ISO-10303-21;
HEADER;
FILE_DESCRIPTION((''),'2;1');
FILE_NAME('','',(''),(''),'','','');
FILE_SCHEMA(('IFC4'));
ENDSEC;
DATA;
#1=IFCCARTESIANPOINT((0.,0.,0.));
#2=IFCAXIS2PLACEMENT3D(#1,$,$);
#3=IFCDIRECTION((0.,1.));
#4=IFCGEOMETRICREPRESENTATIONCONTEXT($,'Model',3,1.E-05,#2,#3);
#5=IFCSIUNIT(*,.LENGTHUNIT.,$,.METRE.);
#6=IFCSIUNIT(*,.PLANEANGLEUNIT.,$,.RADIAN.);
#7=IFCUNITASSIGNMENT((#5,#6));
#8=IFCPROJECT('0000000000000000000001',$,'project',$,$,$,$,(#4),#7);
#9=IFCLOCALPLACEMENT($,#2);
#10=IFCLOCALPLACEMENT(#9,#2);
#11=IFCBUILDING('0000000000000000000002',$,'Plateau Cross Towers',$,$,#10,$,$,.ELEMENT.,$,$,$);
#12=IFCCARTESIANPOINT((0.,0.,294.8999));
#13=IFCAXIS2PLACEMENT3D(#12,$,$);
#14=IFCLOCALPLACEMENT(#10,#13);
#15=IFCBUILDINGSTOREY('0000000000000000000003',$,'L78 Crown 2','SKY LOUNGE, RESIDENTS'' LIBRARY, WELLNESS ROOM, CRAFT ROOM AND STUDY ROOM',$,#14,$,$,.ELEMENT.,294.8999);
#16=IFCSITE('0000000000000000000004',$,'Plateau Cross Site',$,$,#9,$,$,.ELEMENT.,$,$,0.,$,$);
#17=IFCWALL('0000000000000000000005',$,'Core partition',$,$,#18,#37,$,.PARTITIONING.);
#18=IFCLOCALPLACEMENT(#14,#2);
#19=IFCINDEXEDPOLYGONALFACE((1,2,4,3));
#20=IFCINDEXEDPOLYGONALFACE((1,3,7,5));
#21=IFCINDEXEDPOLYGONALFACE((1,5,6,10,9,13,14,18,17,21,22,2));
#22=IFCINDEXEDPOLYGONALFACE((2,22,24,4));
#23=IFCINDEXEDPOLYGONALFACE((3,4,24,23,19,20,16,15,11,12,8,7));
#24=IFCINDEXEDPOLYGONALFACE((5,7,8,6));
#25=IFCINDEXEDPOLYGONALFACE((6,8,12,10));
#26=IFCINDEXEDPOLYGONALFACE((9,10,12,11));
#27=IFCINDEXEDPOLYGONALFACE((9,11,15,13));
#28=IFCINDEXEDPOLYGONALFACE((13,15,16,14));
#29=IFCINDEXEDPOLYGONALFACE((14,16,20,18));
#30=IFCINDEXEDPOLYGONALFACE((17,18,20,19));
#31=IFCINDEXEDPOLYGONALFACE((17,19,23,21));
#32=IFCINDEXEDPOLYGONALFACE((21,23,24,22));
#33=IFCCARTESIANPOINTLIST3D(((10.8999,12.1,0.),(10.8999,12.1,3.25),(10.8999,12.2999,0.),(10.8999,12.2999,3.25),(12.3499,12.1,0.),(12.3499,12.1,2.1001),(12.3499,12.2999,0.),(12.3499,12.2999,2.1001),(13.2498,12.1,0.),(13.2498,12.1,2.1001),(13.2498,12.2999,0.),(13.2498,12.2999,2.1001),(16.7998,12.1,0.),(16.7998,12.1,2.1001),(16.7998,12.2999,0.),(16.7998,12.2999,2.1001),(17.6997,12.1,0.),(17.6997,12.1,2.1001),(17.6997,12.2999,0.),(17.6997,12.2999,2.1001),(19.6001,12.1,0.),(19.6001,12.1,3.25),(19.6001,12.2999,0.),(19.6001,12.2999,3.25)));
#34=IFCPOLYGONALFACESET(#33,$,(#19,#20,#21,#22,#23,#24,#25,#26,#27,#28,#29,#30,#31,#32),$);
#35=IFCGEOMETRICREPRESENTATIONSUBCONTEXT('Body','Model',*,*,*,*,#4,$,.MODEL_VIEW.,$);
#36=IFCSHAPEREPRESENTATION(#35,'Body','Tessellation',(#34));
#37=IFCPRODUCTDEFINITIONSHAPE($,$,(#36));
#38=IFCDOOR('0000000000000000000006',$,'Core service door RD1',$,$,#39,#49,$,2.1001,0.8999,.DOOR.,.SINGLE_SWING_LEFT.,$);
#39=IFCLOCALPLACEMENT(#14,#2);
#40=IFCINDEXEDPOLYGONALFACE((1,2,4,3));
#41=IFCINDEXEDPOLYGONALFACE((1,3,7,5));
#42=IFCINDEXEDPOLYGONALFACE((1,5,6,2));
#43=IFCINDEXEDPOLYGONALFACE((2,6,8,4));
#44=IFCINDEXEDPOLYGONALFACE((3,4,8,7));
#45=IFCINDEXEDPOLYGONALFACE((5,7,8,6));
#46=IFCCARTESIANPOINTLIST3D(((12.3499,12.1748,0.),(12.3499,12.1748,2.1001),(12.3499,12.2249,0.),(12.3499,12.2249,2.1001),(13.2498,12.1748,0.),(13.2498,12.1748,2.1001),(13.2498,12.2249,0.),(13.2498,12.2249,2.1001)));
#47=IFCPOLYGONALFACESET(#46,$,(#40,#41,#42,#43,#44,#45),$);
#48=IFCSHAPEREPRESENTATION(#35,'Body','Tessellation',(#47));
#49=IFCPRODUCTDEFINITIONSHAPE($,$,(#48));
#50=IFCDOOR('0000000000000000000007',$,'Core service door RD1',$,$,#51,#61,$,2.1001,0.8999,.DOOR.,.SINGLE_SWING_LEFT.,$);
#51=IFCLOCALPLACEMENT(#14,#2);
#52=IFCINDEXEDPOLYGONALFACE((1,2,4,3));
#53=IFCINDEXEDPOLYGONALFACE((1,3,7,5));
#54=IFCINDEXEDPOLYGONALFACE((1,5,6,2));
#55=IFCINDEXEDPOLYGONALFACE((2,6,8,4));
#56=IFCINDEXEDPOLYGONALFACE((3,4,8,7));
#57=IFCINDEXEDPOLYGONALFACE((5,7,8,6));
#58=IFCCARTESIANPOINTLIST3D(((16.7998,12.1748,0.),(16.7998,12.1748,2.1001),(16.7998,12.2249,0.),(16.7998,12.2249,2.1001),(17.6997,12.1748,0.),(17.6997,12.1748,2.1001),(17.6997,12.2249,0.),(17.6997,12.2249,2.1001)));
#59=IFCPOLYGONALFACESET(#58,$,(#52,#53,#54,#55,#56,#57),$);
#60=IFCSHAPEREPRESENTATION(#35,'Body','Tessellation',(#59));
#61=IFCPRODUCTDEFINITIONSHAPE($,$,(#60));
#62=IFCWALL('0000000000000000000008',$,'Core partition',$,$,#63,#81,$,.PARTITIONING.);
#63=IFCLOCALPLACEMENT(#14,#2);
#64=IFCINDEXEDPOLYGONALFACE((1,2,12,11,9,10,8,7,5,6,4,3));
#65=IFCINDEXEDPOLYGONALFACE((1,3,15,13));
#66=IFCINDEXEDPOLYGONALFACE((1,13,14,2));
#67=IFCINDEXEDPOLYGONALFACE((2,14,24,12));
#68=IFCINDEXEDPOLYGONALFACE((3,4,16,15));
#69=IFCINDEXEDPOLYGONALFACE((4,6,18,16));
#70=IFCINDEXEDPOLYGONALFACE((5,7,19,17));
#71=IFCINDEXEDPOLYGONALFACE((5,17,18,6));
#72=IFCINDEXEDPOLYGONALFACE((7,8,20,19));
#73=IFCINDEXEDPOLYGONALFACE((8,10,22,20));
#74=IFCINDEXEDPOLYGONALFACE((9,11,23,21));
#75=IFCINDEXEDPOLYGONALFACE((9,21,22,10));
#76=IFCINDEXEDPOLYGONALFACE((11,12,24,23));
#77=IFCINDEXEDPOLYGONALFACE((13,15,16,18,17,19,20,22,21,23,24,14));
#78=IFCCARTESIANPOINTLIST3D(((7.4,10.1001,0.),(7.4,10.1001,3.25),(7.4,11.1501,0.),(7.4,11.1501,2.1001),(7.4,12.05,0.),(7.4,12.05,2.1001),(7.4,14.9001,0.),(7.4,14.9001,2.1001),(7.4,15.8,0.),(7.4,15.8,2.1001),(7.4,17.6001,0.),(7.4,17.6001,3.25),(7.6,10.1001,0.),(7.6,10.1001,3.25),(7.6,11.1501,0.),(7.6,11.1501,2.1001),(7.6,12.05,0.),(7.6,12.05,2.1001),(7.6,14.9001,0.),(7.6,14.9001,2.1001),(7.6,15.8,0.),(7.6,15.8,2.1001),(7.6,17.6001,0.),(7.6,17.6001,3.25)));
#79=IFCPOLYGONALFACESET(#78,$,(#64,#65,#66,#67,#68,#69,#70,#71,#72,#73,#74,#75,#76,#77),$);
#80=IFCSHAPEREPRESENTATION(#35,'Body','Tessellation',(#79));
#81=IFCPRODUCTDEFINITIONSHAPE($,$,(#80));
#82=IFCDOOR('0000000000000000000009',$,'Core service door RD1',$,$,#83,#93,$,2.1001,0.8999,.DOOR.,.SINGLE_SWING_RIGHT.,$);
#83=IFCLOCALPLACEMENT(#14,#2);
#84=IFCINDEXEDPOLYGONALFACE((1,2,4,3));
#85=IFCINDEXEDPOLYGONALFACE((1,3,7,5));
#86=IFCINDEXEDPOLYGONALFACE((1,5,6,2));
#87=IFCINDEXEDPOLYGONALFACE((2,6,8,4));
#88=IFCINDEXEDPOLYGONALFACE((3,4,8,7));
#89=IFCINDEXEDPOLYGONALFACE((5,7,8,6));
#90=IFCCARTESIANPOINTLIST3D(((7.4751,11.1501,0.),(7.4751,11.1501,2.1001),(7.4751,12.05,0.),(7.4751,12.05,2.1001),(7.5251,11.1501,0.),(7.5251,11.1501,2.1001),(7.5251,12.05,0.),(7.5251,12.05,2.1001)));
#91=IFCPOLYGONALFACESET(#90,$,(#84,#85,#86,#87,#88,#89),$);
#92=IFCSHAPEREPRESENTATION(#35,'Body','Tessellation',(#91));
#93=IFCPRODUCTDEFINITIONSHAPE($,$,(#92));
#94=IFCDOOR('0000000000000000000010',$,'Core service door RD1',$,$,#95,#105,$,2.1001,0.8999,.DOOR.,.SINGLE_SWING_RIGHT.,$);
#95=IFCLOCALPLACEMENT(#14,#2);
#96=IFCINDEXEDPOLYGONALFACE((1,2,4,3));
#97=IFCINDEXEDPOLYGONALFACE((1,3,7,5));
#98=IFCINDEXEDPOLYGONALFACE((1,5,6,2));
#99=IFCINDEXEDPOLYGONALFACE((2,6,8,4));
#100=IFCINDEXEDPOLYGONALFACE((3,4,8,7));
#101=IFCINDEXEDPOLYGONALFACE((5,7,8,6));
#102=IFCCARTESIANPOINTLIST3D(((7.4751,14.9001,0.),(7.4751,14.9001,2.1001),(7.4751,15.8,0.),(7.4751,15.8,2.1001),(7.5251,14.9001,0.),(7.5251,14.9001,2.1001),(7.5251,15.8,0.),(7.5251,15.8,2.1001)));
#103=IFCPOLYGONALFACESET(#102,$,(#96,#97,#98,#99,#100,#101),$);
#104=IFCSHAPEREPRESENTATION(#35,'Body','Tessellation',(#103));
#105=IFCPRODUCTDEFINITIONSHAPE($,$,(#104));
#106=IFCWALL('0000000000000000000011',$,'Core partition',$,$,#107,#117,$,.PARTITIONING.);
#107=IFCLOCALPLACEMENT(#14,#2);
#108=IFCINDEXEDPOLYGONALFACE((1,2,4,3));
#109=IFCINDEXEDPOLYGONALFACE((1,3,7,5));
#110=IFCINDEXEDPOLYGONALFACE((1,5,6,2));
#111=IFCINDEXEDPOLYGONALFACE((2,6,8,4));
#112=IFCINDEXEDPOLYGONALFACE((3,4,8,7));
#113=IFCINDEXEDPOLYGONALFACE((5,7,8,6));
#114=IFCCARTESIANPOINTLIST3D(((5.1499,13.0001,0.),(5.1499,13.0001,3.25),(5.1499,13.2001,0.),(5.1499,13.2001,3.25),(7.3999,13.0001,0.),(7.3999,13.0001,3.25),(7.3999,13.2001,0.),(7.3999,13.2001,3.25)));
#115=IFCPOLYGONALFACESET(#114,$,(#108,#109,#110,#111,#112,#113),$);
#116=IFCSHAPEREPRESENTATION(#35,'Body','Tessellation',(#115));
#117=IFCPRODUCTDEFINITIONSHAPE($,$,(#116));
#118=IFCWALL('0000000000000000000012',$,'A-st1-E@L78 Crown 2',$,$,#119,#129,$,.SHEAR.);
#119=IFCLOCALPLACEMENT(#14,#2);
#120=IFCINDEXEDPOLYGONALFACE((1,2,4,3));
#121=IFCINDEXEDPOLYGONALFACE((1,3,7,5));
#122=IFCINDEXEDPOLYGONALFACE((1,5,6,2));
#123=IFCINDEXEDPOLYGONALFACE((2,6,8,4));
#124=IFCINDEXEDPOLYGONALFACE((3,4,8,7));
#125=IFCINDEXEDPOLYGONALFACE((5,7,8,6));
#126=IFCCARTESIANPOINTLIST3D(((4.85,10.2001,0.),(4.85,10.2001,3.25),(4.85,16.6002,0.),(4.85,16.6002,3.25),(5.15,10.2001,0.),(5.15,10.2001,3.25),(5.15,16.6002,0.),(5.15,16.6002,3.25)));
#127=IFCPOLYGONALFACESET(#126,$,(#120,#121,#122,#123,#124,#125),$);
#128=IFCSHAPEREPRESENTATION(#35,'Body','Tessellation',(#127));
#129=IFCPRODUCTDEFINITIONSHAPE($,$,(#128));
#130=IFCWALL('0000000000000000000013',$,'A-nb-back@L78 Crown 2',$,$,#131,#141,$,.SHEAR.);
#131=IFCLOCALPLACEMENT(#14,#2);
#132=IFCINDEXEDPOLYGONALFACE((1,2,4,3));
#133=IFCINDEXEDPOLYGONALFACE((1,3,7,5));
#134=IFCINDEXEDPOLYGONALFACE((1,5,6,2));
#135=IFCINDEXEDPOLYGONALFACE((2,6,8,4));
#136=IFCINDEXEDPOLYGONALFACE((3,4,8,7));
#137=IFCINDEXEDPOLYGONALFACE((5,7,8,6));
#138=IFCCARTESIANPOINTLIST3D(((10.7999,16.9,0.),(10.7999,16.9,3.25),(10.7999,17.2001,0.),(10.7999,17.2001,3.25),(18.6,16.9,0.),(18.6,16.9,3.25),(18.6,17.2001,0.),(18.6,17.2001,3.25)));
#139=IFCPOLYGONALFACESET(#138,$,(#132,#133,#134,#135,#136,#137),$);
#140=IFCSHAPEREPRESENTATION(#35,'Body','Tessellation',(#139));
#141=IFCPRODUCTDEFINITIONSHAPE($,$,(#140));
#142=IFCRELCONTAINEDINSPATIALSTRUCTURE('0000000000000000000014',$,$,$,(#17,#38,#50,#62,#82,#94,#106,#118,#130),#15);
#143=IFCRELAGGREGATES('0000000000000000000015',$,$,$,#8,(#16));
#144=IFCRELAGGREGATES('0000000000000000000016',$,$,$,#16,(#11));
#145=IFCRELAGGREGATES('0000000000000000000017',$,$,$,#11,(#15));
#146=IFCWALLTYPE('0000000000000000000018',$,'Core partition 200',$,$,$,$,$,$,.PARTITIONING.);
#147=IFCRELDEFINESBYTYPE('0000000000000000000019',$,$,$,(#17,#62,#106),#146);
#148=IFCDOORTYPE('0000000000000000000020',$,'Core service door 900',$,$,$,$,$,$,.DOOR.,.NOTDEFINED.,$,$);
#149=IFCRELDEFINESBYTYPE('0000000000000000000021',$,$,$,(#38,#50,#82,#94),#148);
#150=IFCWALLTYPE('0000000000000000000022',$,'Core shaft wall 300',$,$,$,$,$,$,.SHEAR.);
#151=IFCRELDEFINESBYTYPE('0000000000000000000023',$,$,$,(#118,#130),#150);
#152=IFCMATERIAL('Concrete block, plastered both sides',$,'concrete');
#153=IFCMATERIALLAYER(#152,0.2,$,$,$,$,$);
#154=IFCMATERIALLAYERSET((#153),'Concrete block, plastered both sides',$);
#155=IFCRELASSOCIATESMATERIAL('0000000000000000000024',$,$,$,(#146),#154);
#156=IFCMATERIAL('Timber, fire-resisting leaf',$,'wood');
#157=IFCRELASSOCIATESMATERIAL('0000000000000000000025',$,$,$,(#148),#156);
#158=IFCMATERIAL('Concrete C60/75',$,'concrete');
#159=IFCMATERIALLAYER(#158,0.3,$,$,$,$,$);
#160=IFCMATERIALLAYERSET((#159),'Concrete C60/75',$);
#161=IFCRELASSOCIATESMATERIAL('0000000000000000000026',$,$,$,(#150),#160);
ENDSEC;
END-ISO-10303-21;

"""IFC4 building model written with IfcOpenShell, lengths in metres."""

from ifc_helpers import new_model, si_unit, direction, frame, frame_2d, origin, place, context, subcontext, project, spatial, rectangle, extrude, material, layer, layer_set, type_object, element, fill, save


model = new_model("IFC4")

# Units and contexts
model_context = context("Model", 3, precision=1e-05, world=origin(), true_north=direction((0.0, 1.0)))
body_context = subcontext(model_context, "Body", "Model", "MODEL_VIEW")
ifc_project = project(units=[si_unit("LENGTHUNIT", "METRE"), si_unit("PLANEANGLEUNIT", "RADIAN")], contexts=[model_context])

# Site, building, storey
site_placement = place(None, origin())
site = spatial("IfcSite", under=ifc_project, at=site_placement, Name="Plateau Cross Site", CompositionType="ELEMENT", RefElevation=0.0)
building_placement = place(site_placement, origin())
building = spatial("IfcBuilding", under=site, at=building_placement, Name="Plateau Cross Towers", CompositionType="ELEMENT")
storey_placement = place(building_placement, frame((0.0, 0.0, 294.8999)))
storey = spatial("IfcBuildingStorey", under=building, at=storey_placement, Name="L78 Crown 2", Description="SKY LOUNGE, RESIDENTS' LIBRARY, WELLNESS ROOM, CRAFT ROOM AND STUDY ROOM", CompositionType="ELEMENT", Elevation=294.8999)

# Shared definitions
ifc_material_1 = material(Name="Concrete block, plastered both sides", Category="concrete")
ifc_layer_1 = layer(ifc_material_1, 0.2)
ifc_layer_set_1 = layer_set([ifc_layer_1], Name="Concrete block, plastered both sides")
wall_type_1 = type_object("IfcWallType", Name="Core partition 200", PredefinedType="PARTITIONING", material=ifc_layer_set_1)

# Shared definitions
ifc_material_2 = material(Name="Timber, fire-resisting leaf", Category="wood")
door_type_1 = type_object("IfcDoorType", Name="Core service door 900", OperationType="NOTDEFINED", PredefinedType="DOOR", material=ifc_material_2)

# Walls, openings, doors
wall_1_placement = place(storey_placement, frame((10.8999, 12.2, 0.0), z_axis=(0.0, 0.0, 1.0), x_axis=(1.0, 0.0, 0.0)))
wall_1 = element("IfcWall", 1, at=wall_1_placement, inside=storey, type_object=wall_type_1, Name="Core partition", PredefinedType="PARTITIONING", context=body_context, shape_type="SweptSolid", body=[
    extrude(rectangle(XDim=8.7002, YDim=0.2, at=frame_2d((4.3501, 0.0))), origin(), (0.0, 0.0, 1.0), 3.25),
])
opening_1_placement = place(wall_1_placement, frame((1.45, 0.0, 0.0)))
opening_1 = element("IfcOpeningElement", 2, at=opening_1_placement, cuts=wall_1, PredefinedType="OPENING", context=body_context, shape_type="SweptSolid", body=[
    extrude(rectangle(XDim=0.8999, YDim=2.1001, at=frame_2d((0.45, 1.05))), frame((0.0, 0.1099, 0.0), z_axis=(0.0, -1.0, 0.0), x_axis=(1.0, 0.0, 0.0)), (0.0, 0.0, 1.0), 0.22),
])
opening_2_placement = place(wall_1_placement, frame((5.8999, 0.0, 0.0)))
opening_2 = element("IfcOpeningElement", 3, at=opening_2_placement, cuts=wall_1, PredefinedType="OPENING", context=body_context, shape_type="SweptSolid", body=[
    extrude(rectangle(XDim=0.8999, YDim=2.1001, at=frame_2d((0.45, 1.05))), frame((0.0, 0.1099, 0.0), z_axis=(0.0, -1.0, 0.0), x_axis=(1.0, 0.0, 0.0)), (0.0, 0.0, 1.0), 0.22),
])
door_1_placement = place(opening_1_placement, origin())
door_1 = element("IfcDoor", 4, at=door_1_placement, inside=storey, type_object=door_type_1, Name="Core service door RD1", OperationType="SINGLE_SWING_LEFT", OverallHeight=2.1001, OverallWidth=0.8999, PredefinedType="DOOR", context=body_context, shape_type="SweptSolid", body=[
    extrude(rectangle(XDim=0.8999, YDim=2.1001, at=frame_2d((0.45, 1.05))), frame((0.0, 0.0249, 0.0), z_axis=(0.0, -1.0, 0.0), x_axis=(1.0, 0.0, 0.0)), (0.0, 0.0, 1.0), 0.05),
])
fill(opening_1, door_1)
door_2_placement = place(opening_2_placement, origin())
door_2 = element("IfcDoor", 5, at=door_2_placement, inside=storey, type_object=door_type_1, Name="Core service door RD1", OperationType="SINGLE_SWING_LEFT", OverallHeight=2.1001, OverallWidth=0.8999, PredefinedType="DOOR", context=body_context, shape_type="SweptSolid", body=[
    extrude(rectangle(XDim=0.8999, YDim=2.1001, at=frame_2d((0.45, 1.05))), frame((0.0, 0.0249, 0.0), z_axis=(0.0, -1.0, 0.0), x_axis=(1.0, 0.0, 0.0)), (0.0, 0.0, 1.0), 0.05),
])
fill(opening_2, door_2)
wall_2_placement = place(storey_placement, frame((7.5, 10.1001, 0.0), z_axis=(0.0, 0.0, 1.0), x_axis=(0.0, 1.0, 0.0)))
wall_2 = element("IfcWall", 6, at=wall_2_placement, inside=storey, type_object=wall_type_1, Name="Core partition", PredefinedType="PARTITIONING", context=body_context, shape_type="SweptSolid", body=[
    extrude(rectangle(XDim=7.5, YDim=0.2, at=frame_2d((3.75, 0.0))), origin(), (0.0, 0.0, 1.0), 3.25),
])
opening_3_placement = place(wall_2_placement, frame((1.05, 0.0, 0.0)))
opening_3 = element("IfcOpeningElement", 7, at=opening_3_placement, cuts=wall_2, PredefinedType="OPENING", context=body_context, shape_type="SweptSolid", body=[
    extrude(rectangle(XDim=0.8999, YDim=2.1001, at=frame_2d((0.45, 1.05))), frame((0.0, 0.1099, 0.0), z_axis=(0.0, -1.0, 0.0), x_axis=(1.0, 0.0, 0.0)), (0.0, 0.0, 1.0), 0.22),
])
opening_4_placement = place(wall_2_placement, frame((4.8, 0.0, 0.0)))
opening_4 = element("IfcOpeningElement", 8, at=opening_4_placement, cuts=wall_2, PredefinedType="OPENING", context=body_context, shape_type="SweptSolid", body=[
    extrude(rectangle(XDim=0.8999, YDim=2.1001, at=frame_2d((0.45, 1.05))), frame((0.0, 0.1099, 0.0), z_axis=(0.0, -1.0, 0.0), x_axis=(1.0, 0.0, 0.0)), (0.0, 0.0, 1.0), 0.22),
])
door_3_placement = place(opening_3_placement, origin())
door_3 = element("IfcDoor", 9, at=door_3_placement, inside=storey, type_object=door_type_1, Name="Core service door RD1", OperationType="SINGLE_SWING_RIGHT", OverallHeight=2.1001, OverallWidth=0.8999, PredefinedType="DOOR", context=body_context, shape_type="SweptSolid", body=[
    extrude(rectangle(XDim=0.8999, YDim=2.1001, at=frame_2d((0.45, 1.05))), frame((0.0, 0.0249, 0.0), z_axis=(0.0, -1.0, 0.0), x_axis=(1.0, 0.0, 0.0)), (0.0, 0.0, 1.0), 0.05),
])
fill(opening_3, door_3)
door_4_placement = place(opening_4_placement, origin())
door_4 = element("IfcDoor", 10, at=door_4_placement, inside=storey, type_object=door_type_1, Name="Core service door RD1", OperationType="SINGLE_SWING_RIGHT", OverallHeight=2.1001, OverallWidth=0.8999, PredefinedType="DOOR", context=body_context, shape_type="SweptSolid", body=[
    extrude(rectangle(XDim=0.8999, YDim=2.1001, at=frame_2d((0.45, 1.05))), frame((0.0, 0.0249, 0.0), z_axis=(0.0, -1.0, 0.0), x_axis=(1.0, 0.0, 0.0)), (0.0, 0.0, 1.0), 0.05),
])
fill(opening_4, door_4)

# Walls
wall_3_placement = place(storey_placement, frame((5.1499, 13.1001, 0.0), z_axis=(0.0, 0.0, 1.0), x_axis=(1.0, 0.0, 0.0)))
element("IfcWall", 11, at=wall_3_placement, inside=storey, type_object=wall_type_1, Name="Core partition", PredefinedType="PARTITIONING", context=body_context, shape_type="SweptSolid", body=[
    extrude(rectangle(XDim=2.25, YDim=0.2, at=frame_2d((1.125, 0.0))), origin(), (0.0, 0.0, 1.0), 3.25),
])
ifc_material_3 = material(Name="Concrete C60/75", Category="concrete")
ifc_layer_2 = layer(ifc_material_3, 0.3)
ifc_layer_set_2 = layer_set([ifc_layer_2], Name="Concrete C60/75")
wall_type_2 = type_object("IfcWallType", Name="Core shaft wall 300", PredefinedType="SHEAR", material=ifc_layer_set_2)
wall_4_placement = place(storey_placement, frame((5.0, 10.2, 0.0), z_axis=(0.0, 0.0, 1.0), x_axis=(0.0, 1.0, 0.0)))
element("IfcWall", 12, at=wall_4_placement, inside=storey, type_object=wall_type_2, Name="A-st1-E@L78 Crown 2", PredefinedType="SHEAR", context=body_context, shape_type="SweptSolid", body=[
    extrude(rectangle(XDim=6.4001, YDim=0.3, at=frame_2d((3.2002, 0.0))), origin(), (0.0, 0.0, 1.0), 3.25),
])
wall_5_placement = place(storey_placement, frame((10.8, 17.05, 0.0), z_axis=(0.0, 0.0, 1.0), x_axis=(1.0, 0.0, 0.0)))
element("IfcWall", 13, at=wall_5_placement, inside=storey, type_object=wall_type_2, Name="A-nb-back@L78 Crown 2", PredefinedType="SHEAR", context=body_context, shape_type="SweptSolid", body=[
    extrude(rectangle(XDim=7.8, YDim=0.3, at=frame_2d((3.8999, 0.0))), origin(), (0.0, 0.0, 1.0), 3.25),
])

save(model, "model.ifc")
